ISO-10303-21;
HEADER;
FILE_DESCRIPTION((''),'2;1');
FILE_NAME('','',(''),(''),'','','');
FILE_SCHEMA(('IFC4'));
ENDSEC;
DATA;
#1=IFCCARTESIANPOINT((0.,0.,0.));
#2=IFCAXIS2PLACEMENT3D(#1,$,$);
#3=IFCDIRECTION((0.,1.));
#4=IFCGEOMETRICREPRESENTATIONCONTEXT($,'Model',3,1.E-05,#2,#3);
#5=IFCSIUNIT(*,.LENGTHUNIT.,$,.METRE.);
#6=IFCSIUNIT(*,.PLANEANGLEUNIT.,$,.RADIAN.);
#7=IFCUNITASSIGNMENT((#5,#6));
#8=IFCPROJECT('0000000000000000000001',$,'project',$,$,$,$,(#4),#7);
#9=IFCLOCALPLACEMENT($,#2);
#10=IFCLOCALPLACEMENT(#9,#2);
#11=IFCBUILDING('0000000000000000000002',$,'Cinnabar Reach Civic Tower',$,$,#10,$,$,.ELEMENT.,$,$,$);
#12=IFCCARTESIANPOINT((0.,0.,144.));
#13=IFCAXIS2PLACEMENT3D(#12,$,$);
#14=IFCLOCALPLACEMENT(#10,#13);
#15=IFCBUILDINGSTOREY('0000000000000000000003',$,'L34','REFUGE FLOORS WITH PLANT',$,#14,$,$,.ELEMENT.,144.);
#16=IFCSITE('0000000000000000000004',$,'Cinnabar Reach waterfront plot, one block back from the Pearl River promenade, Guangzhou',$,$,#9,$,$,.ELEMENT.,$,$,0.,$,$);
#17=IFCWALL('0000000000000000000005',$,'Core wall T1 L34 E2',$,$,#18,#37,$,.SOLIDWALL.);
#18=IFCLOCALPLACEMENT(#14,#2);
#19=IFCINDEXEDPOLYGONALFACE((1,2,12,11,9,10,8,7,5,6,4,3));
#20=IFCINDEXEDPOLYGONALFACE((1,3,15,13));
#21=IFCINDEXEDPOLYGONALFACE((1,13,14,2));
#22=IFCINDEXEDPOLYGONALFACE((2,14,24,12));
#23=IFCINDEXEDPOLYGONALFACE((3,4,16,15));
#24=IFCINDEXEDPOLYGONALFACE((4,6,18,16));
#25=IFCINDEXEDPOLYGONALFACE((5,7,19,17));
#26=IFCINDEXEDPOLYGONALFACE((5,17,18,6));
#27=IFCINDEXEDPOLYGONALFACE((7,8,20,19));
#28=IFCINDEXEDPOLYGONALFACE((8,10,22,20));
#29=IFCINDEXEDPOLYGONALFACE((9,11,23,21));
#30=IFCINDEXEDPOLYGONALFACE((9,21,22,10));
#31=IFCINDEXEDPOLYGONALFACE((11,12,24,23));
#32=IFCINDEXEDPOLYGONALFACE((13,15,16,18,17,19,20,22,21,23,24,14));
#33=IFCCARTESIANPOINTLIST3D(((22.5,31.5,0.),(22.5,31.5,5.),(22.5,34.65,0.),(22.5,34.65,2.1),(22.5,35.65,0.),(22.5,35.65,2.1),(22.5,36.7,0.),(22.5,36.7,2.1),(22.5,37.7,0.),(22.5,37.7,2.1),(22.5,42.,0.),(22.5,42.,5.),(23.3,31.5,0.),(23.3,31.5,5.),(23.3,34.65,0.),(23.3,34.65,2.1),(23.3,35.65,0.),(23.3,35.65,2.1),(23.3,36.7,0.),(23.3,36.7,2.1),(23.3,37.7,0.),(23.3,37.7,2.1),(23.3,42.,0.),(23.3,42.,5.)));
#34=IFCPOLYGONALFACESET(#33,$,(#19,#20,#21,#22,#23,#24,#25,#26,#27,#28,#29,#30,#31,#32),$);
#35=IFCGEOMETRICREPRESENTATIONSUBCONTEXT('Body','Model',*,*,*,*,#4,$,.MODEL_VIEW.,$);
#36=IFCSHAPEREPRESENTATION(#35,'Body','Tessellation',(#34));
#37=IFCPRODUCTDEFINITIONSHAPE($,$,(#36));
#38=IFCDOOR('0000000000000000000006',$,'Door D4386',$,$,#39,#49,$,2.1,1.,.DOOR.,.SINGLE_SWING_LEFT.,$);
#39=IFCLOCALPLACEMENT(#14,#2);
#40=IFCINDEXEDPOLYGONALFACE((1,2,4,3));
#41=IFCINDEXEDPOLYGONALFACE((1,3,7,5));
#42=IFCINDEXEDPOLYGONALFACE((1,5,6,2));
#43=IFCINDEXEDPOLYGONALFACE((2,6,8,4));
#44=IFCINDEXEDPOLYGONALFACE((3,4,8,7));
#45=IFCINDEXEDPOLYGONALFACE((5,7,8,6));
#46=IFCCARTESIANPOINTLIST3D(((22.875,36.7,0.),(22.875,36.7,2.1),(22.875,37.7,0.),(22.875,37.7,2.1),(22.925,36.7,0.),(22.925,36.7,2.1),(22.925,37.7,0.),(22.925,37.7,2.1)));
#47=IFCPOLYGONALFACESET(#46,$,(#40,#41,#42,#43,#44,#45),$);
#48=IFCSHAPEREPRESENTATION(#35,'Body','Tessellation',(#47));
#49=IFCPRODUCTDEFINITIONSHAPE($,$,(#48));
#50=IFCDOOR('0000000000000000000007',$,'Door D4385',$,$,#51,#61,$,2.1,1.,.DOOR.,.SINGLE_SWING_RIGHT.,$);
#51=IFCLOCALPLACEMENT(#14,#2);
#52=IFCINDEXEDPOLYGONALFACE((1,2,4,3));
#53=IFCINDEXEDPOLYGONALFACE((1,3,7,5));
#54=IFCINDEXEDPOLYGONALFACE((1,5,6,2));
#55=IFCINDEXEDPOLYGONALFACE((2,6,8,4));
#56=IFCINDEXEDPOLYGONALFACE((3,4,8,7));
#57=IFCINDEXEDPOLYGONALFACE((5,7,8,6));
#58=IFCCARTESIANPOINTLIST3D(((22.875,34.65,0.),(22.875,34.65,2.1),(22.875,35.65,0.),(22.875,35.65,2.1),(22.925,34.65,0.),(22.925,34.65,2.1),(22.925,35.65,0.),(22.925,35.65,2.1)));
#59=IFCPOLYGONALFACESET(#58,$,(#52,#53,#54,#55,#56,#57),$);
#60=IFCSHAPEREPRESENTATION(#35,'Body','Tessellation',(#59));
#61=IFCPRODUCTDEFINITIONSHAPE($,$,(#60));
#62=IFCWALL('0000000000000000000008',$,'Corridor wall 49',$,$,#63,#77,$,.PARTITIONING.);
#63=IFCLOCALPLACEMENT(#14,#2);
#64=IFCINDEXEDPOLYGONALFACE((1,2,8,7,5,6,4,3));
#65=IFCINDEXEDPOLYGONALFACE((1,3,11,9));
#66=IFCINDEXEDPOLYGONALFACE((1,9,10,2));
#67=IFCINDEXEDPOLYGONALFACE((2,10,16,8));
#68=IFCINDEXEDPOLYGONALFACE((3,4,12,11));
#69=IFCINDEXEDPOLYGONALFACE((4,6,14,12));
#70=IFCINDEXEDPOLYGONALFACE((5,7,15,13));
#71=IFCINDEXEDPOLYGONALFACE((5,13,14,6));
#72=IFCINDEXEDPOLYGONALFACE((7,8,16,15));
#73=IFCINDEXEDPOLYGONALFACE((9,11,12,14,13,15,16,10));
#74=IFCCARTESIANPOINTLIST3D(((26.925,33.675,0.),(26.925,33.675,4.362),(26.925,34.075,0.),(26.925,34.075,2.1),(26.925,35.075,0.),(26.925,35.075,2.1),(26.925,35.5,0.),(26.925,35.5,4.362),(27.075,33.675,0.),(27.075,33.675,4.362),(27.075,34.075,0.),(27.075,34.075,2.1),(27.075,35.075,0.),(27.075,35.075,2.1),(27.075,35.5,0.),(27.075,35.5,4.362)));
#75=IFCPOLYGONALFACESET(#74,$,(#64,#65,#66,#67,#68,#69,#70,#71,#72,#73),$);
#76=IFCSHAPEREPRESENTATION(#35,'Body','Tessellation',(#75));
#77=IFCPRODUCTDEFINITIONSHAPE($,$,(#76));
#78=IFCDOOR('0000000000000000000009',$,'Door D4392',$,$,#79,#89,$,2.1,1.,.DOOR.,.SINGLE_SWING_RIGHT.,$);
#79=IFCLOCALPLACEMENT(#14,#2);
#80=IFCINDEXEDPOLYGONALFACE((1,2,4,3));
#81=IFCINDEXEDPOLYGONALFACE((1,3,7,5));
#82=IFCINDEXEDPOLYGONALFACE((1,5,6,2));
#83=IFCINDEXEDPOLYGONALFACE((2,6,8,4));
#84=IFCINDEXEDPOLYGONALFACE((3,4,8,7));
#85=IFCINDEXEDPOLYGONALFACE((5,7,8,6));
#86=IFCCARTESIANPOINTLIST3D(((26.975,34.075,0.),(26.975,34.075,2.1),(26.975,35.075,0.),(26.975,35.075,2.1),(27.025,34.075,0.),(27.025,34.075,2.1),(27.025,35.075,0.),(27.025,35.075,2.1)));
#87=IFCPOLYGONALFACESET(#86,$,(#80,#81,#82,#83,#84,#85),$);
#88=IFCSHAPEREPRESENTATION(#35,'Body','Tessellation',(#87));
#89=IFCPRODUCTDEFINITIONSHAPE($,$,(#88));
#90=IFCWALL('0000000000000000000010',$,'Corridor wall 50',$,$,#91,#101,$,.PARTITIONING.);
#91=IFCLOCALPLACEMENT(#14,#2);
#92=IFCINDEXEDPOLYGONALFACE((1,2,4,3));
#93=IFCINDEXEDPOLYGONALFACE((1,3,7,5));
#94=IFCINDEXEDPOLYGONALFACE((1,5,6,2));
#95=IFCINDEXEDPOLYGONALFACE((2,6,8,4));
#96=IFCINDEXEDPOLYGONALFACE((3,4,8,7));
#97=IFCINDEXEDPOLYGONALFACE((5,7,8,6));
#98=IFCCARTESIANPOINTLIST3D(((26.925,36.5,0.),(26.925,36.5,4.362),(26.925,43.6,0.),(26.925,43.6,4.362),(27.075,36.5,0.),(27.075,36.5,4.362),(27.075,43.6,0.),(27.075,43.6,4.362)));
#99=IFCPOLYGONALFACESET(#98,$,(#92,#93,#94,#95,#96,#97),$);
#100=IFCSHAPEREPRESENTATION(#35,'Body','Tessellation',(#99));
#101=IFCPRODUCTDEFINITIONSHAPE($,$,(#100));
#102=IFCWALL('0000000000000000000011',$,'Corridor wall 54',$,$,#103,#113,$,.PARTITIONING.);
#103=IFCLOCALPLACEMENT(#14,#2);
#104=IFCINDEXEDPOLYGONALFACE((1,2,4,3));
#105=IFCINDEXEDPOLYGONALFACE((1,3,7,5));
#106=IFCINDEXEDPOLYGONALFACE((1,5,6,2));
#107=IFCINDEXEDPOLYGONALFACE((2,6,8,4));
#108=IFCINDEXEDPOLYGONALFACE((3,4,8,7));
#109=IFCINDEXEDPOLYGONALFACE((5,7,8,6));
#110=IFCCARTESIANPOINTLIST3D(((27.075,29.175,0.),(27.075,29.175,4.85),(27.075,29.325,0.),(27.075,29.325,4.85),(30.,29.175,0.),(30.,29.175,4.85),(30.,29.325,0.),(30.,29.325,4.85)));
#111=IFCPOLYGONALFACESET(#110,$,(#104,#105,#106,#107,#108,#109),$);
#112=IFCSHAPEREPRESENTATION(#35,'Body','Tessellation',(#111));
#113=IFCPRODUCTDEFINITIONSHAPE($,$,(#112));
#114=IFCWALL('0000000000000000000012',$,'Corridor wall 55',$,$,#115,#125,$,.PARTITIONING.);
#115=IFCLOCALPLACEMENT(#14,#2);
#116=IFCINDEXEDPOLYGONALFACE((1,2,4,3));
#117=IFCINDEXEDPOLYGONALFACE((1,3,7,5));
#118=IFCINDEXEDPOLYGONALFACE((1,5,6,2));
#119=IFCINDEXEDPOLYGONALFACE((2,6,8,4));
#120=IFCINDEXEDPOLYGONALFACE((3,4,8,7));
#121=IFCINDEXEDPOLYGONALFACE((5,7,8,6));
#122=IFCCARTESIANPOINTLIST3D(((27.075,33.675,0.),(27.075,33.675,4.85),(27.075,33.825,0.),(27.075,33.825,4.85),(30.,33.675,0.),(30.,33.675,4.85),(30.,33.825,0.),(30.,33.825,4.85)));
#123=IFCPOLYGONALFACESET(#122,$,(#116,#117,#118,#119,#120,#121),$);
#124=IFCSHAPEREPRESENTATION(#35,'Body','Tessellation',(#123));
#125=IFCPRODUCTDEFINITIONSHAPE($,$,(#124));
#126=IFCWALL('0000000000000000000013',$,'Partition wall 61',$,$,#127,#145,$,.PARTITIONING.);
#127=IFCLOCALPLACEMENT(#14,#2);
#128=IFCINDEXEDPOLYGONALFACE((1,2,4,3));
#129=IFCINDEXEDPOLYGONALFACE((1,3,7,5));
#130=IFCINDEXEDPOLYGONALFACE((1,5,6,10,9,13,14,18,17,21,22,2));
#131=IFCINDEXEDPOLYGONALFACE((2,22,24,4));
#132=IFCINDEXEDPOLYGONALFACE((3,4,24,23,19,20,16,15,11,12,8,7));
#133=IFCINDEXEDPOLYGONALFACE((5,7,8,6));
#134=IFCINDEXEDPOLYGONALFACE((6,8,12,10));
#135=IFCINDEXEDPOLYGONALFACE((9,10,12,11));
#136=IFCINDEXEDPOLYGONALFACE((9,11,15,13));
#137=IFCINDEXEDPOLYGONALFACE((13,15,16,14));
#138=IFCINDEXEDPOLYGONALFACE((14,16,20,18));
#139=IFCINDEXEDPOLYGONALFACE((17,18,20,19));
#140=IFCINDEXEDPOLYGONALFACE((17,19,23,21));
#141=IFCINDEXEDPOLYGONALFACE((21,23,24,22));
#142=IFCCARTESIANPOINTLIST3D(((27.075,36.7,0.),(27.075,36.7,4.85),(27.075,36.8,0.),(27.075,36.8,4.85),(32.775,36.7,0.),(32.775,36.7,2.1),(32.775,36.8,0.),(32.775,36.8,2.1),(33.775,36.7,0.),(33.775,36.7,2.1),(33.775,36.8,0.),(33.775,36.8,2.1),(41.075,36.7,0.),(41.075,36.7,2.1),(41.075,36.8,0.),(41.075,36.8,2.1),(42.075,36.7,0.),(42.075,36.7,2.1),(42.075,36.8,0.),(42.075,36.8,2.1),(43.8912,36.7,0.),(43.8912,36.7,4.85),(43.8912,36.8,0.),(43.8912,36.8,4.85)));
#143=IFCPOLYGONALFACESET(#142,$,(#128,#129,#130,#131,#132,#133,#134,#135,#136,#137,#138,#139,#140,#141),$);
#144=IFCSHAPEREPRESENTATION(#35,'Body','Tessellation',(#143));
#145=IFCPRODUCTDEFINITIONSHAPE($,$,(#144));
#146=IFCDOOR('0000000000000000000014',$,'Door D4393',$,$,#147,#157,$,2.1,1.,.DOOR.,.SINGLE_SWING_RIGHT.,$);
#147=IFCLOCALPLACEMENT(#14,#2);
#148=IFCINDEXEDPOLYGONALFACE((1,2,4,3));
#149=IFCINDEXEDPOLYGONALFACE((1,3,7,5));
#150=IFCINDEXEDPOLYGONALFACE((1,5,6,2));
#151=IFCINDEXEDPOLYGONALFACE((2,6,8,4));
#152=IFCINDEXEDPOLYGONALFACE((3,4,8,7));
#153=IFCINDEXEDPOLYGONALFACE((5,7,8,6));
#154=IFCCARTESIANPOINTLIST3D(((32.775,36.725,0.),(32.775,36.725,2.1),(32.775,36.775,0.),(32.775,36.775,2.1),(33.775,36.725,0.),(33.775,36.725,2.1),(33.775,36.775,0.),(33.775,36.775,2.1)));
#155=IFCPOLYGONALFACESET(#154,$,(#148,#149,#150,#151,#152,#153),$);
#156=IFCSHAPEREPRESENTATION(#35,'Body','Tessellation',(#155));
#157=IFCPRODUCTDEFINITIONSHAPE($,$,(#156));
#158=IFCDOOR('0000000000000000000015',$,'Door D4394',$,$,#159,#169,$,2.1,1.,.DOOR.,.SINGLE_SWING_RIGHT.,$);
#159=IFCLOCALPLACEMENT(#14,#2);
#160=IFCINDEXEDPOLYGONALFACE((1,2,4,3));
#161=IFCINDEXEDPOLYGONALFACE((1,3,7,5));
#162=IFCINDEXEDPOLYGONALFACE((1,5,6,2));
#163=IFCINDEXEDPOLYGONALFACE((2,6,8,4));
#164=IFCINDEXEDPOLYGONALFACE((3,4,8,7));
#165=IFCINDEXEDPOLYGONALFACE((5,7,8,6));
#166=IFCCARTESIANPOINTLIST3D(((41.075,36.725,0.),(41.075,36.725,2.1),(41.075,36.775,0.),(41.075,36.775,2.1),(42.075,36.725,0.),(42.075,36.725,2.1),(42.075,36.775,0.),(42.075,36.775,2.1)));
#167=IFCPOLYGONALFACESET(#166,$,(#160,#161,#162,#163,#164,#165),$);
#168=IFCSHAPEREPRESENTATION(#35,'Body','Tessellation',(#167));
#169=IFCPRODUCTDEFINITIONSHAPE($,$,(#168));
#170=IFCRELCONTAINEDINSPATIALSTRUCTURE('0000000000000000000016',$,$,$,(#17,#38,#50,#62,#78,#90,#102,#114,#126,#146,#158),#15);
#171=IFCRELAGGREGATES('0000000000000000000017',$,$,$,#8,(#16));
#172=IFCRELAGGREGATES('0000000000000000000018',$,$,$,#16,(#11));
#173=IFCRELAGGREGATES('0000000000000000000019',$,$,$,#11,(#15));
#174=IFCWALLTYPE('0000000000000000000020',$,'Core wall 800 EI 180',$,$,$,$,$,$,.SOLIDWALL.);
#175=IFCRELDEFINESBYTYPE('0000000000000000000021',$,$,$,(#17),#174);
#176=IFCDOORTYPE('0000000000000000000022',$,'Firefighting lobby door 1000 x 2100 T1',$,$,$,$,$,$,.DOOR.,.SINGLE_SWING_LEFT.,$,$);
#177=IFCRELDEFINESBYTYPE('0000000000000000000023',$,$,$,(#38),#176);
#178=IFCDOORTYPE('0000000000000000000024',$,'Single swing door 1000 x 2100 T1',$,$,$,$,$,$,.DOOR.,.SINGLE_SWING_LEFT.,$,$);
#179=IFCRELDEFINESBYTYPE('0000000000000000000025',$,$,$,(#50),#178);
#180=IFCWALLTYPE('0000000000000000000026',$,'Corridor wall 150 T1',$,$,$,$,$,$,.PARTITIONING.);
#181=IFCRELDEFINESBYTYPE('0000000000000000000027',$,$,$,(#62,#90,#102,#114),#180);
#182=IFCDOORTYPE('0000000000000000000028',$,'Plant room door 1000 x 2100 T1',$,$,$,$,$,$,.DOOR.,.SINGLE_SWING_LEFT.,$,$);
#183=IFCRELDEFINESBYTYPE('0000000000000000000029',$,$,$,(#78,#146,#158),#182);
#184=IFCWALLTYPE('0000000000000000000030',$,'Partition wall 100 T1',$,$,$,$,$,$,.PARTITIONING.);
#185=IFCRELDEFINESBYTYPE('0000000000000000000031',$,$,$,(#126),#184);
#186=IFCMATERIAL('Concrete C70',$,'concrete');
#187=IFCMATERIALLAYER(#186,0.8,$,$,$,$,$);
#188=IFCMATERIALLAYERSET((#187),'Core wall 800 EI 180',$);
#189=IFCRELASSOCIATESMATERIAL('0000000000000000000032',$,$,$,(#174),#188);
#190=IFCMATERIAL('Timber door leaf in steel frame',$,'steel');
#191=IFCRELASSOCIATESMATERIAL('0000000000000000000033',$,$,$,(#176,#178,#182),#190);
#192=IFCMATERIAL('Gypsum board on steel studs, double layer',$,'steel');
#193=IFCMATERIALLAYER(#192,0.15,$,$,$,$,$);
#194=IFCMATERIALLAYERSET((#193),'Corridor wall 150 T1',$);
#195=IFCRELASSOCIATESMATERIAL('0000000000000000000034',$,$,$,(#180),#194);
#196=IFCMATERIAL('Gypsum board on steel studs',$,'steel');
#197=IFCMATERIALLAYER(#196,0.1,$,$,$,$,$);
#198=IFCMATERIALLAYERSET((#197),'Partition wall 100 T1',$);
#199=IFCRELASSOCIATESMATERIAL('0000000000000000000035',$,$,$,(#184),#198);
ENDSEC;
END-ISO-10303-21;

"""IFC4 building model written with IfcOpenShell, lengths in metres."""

from ifc_helpers import new_model, si_unit, direction, frame, frame_2d, origin, place, context, subcontext, project, spatial, rectangle, extrude, material, layer, layer_set, type_object, element, fill, save


model = new_model("IFC4")

# Units and contexts
model_context = context("Model", 3, precision=1e-05, world=origin(), true_north=direction((0.0, 1.0)))
body_context = subcontext(model_context, "Body", "Model", "MODEL_VIEW")
ifc_project = project(units=[si_unit("LENGTHUNIT", "METRE"), si_unit("PLANEANGLEUNIT", "RADIAN")], contexts=[model_context])

# Site, building, storey
site_placement = place(None, origin())
site = spatial("IfcSite", under=ifc_project, at=site_placement, Name="Cinnabar Reach waterfront plot, one block back from the Pearl River promenade, Guangzhou", CompositionType="ELEMENT", RefElevation=0.0)
building_placement = place(site_placement, origin())
building = spatial("IfcBuilding", under=site, at=building_placement, Name="Cinnabar Reach Civic Tower", CompositionType="ELEMENT")
storey_placement = place(building_placement, frame((0.0, 0.0, 144.0)))
storey = spatial("IfcBuildingStorey", under=building, at=storey_placement, Name="L34", Description="REFUGE FLOORS WITH PLANT", CompositionType="ELEMENT", Elevation=144.0)

# Shared definitions
ifc_material_1 = material(Name="Concrete C70", Category="concrete")

# Wall, openings, doors
ifc_layer_1 = layer(ifc_material_1, 0.8)
ifc_layer_set_1 = layer_set([ifc_layer_1], Name="Core wall 800 EI 180")
wall_type_1 = type_object("IfcWallType", Name="Core wall 800 EI 180", PredefinedType="SOLIDWALL", material=ifc_layer_set_1)
wall_1_placement = place(storey_placement, frame((22.9, 31.5, 0.0), z_axis=(0.0, 0.0, 1.0), x_axis=(0.0, 1.0, 0.0)))
wall_1 = element("IfcWall", 1, at=wall_1_placement, inside=storey, type_object=wall_type_1, Name="Core wall T1 L34 E2", PredefinedType="SOLIDWALL", context=body_context, shape_type="SweptSolid", body=[
    extrude(rectangle(XDim=10.5, YDim=0.8, at=frame_2d((5.25, 0.0))), origin(), (0.0, 0.0, 1.0), 5.0),
])
opening_1_placement = place(wall_1_placement, frame((3.15, 0.0, 0.0)))
opening_1 = element("IfcOpeningElement", 2, at=opening_1_placement, cuts=wall_1, PredefinedType="OPENING", context=body_context, shape_type="SweptSolid", body=[
    extrude(rectangle(XDim=1.0, YDim=2.1, at=frame_2d((0.5, 1.05))), frame((0.0, 0.41, 0.0), z_axis=(0.0, -1.0, 0.0), x_axis=(1.0, 0.0, 0.0)), (0.0, 0.0, 1.0), 0.82),
])
opening_2_placement = place(wall_1_placement, frame((5.2, 0.0, 0.0)))
opening_2 = element("IfcOpeningElement", 3, at=opening_2_placement, cuts=wall_1, PredefinedType="OPENING", context=body_context, shape_type="SweptSolid", body=[
    extrude(rectangle(XDim=1.0, YDim=2.1, at=frame_2d((0.5, 1.05))), frame((0.0, 0.41, 0.0), z_axis=(0.0, -1.0, 0.0), x_axis=(1.0, 0.0, 0.0)), (0.0, 0.0, 1.0), 0.82),
])
ifc_material_2 = material(Name="Timber door leaf in steel frame", Category="steel")
door_type_1 = type_object("IfcDoorType", Name="Firefighting lobby door 1000 x 2100 T1", OperationType="SINGLE_SWING_LEFT", PredefinedType="DOOR", material=ifc_material_2)
door_1_placement = place(opening_2_placement, origin())
door_1 = element("IfcDoor", 4, at=door_1_placement, inside=storey, type_object=door_type_1, Name="Door D4386", OperationType="SINGLE_SWING_LEFT", OverallHeight=2.1, OverallWidth=1.0, PredefinedType="DOOR", context=body_context, shape_type="SweptSolid", body=[
    extrude(rectangle(XDim=1.0, YDim=2.1, at=frame_2d((0.5, 1.05))), frame((0.0, 0.025, 0.0), z_axis=(0.0, -1.0, 0.0), x_axis=(1.0, 0.0, 0.0)), (0.0, 0.0, 1.0), 0.05),
])
fill(opening_2, door_1)
door_type_2 = type_object("IfcDoorType", Name="Single swing door 1000 x 2100 T1", OperationType="SINGLE_SWING_LEFT", PredefinedType="DOOR", material=ifc_material_2)
door_2_placement = place(opening_1_placement, origin())
door_2 = element("IfcDoor", 5, at=door_2_placement, inside=storey, type_object=door_type_2, Name="Door D4385", OperationType="SINGLE_SWING_RIGHT", OverallHeight=2.1, OverallWidth=1.0, PredefinedType="DOOR", context=body_context, shape_type="SweptSolid", body=[
    extrude(rectangle(XDim=1.0, YDim=2.1, at=frame_2d((0.5, 1.05))), frame((0.0, 0.025, 0.0), z_axis=(0.0, -1.0, 0.0), x_axis=(1.0, 0.0, 0.0)), (0.0, 0.0, 1.0), 0.05),
])
fill(opening_1, door_2)

# Wall, opening, door
ifc_material_3 = material(Name="Gypsum board on steel studs, double layer", Category="steel")
ifc_layer_2 = layer(ifc_material_3, 0.15)
ifc_layer_set_2 = layer_set([ifc_layer_2], Name="Corridor wall 150 T1")
wall_type_2 = type_object("IfcWallType", Name="Corridor wall 150 T1", PredefinedType="PARTITIONING", material=ifc_layer_set_2)
wall_2_placement = place(storey_placement, frame((27.0, 33.675, 0.0), z_axis=(0.0, 0.0, 1.0), x_axis=(0.0, 1.0, 0.0)))
wall_2 = element("IfcWall", 6, at=wall_2_placement, inside=storey, type_object=wall_type_2, Name="Corridor wall 49", PredefinedType="PARTITIONING", context=body_context, shape_type="SweptSolid", body=[
    extrude(rectangle(XDim=1.825, YDim=0.15, at=frame_2d((0.9125, 0.0))), origin(), (0.0, 0.0, 1.0), 4.362),
])
opening_3_placement = place(wall_2_placement, frame((0.4, 0.0, 0.0)))
opening_3 = element("IfcOpeningElement", 7, at=opening_3_placement, cuts=wall_2, PredefinedType="OPENING", context=body_context, shape_type="SweptSolid", body=[
    extrude(rectangle(XDim=1.0, YDim=2.1, at=frame_2d((0.5, 1.05))), frame((0.0, 0.085, 0.0), z_axis=(0.0, -1.0, 0.0), x_axis=(1.0, 0.0, 0.0)), (0.0, 0.0, 1.0), 0.17),
])
door_type_3 = type_object("IfcDoorType", Name="Plant room door 1000 x 2100 T1", OperationType="SINGLE_SWING_LEFT", PredefinedType="DOOR", material=ifc_material_2)
door_3_placement = place(opening_3_placement, frame((1.0, 0.0, 0.0), z_axis=(0.0, 0.0, 1.0), x_axis=(-1.0, 0.0, 0.0)))
door_3 = element("IfcDoor", 8, at=door_3_placement, inside=storey, type_object=door_type_3, Name="Door D4392", OperationType="SINGLE_SWING_RIGHT", OverallHeight=2.1, OverallWidth=1.0, PredefinedType="DOOR", context=body_context, shape_type="SweptSolid", body=[
    extrude(rectangle(XDim=1.0, YDim=2.1, at=frame_2d((0.5, 1.05))), frame((0.0, 0.025, 0.0), z_axis=(0.0, -1.0, 0.0), x_axis=(1.0, 0.0, 0.0)), (0.0, 0.0, 1.0), 0.05),
])
fill(opening_3, door_3)

# Walls
wall_3_placement = place(storey_placement, frame((27.0, 36.5, 0.0), z_axis=(0.0, 0.0, 1.0), x_axis=(0.0, 1.0, 0.0)))
element("IfcWall", 9, at=wall_3_placement, inside=storey, type_object=wall_type_2, Name="Corridor wall 50", PredefinedType="PARTITIONING", context=body_context, shape_type="SweptSolid", body=[
    extrude(rectangle(XDim=7.1, YDim=0.15, at=frame_2d((3.55, 0.0))), origin(), (0.0, 0.0, 1.0), 4.362),
])
for number, where, z_axis, x_axis, name in (
    (10, (27.075, 29.25, 0.0), (0.0, 0.0, 1.0), (1.0, 0.0, 0.0), "Corridor wall 54"),
    (11, (27.075, 33.75, 0.0), (0.0, 0.0, 1.0), (1.0, 0.0, 0.0), "Corridor wall 55"),
):
    element("IfcWall", number, at=place(storey_placement, frame(where, z_axis=z_axis, x_axis=x_axis)), inside=storey, type_object=wall_type_2, Name=name, PredefinedType="PARTITIONING", context=body_context, shape_type="SweptSolid", body=[
        extrude(rectangle(XDim=2.925, YDim=0.15, at=frame_2d((1.4625, 0.0))), origin(), (0.0, 0.0, 1.0), 4.85),
    ])

# Wall, openings, doors
ifc_material_4 = material(Name="Gypsum board on steel studs", Category="steel")
ifc_layer_3 = layer(ifc_material_4, 0.1)
ifc_layer_set_3 = layer_set([ifc_layer_3], Name="Partition wall 100 T1")
wall_type_3 = type_object("IfcWallType", Name="Partition wall 100 T1", PredefinedType="PARTITIONING", material=ifc_layer_set_3)
wall_4_placement = place(storey_placement, frame((27.075, 36.75, 0.0), z_axis=(0.0, 0.0, 1.0), x_axis=(1.0, 0.0, 0.0)))
wall_4 = element("IfcWall", 12, at=wall_4_placement, inside=storey, type_object=wall_type_3, Name="Partition wall 61", PredefinedType="PARTITIONING", context=body_context, shape_type="SweptSolid", body=[
    extrude(rectangle(XDim=16.8162, YDim=0.1, at=frame_2d((8.4081, 0.0))), origin(), (0.0, 0.0, 1.0), 4.85),
])
opening_4_placement = place(wall_4_placement, frame((5.7, 0.0, 0.0)))
opening_4 = element("IfcOpeningElement", 13, at=opening_4_placement, cuts=wall_4, PredefinedType="OPENING", context=body_context, shape_type="SweptSolid", body=[
    extrude(rectangle(XDim=1.0, YDim=2.1, at=frame_2d((0.5, 1.05))), frame((0.0, 0.06, 0.0), z_axis=(0.0, -1.0, 0.0), x_axis=(1.0, 0.0, 0.0)), (0.0, 0.0, 1.0), 0.12),
])
opening_5_placement = place(wall_4_placement, frame((14.0, 0.0, 0.0)))
opening_5 = element("IfcOpeningElement", 14, at=opening_5_placement, cuts=wall_4, PredefinedType="OPENING", context=body_context, shape_type="SweptSolid", body=[
    extrude(rectangle(XDim=1.0, YDim=2.1, at=frame_2d((0.5, 1.05))), frame((0.0, 0.06, 0.0), z_axis=(0.0, -1.0, 0.0), x_axis=(1.0, 0.0, 0.0)), (0.0, 0.0, 1.0), 0.12),
])
door_4_placement = place(opening_4_placement, frame((1.0, 0.0, 0.0), z_axis=(0.0, 0.0, 1.0), x_axis=(-1.0, 0.0, 0.0)))
door_4 = element("IfcDoor", 15, at=door_4_placement, inside=storey, type_object=door_type_3, Name="Door D4393", OperationType="SINGLE_SWING_RIGHT", OverallHeight=2.1, OverallWidth=1.0, PredefinedType="DOOR", context=body_context, shape_type="SweptSolid", body=[
    extrude(rectangle(XDim=1.0, YDim=2.1, at=frame_2d((0.5, 1.05))), frame((0.0, 0.025, 0.0), z_axis=(0.0, -1.0, 0.0), x_axis=(1.0, 0.0, 0.0)), (0.0, 0.0, 1.0), 0.05),
])
fill(opening_4, door_4)
door_5_placement = place(opening_5_placement, frame((1.0, 0.0, 0.0), z_axis=(0.0, 0.0, 1.0), x_axis=(-1.0, 0.0, 0.0)))
door_5 = element("IfcDoor", 16, at=door_5_placement, inside=storey, type_object=door_type_3, Name="Door D4394", OperationType="SINGLE_SWING_RIGHT", OverallHeight=2.1, OverallWidth=1.0, PredefinedType="DOOR", context=body_context, shape_type="SweptSolid", body=[
    extrude(rectangle(XDim=1.0, YDim=2.1, at=frame_2d((0.5, 1.05))), frame((0.0, 0.025, 0.0), z_axis=(0.0, -1.0, 0.0), x_axis=(1.0, 0.0, 0.0)), (0.0, 0.0, 1.0), 0.05),
])
fill(opening_5, door_5)

save(model, "model.ifc")
